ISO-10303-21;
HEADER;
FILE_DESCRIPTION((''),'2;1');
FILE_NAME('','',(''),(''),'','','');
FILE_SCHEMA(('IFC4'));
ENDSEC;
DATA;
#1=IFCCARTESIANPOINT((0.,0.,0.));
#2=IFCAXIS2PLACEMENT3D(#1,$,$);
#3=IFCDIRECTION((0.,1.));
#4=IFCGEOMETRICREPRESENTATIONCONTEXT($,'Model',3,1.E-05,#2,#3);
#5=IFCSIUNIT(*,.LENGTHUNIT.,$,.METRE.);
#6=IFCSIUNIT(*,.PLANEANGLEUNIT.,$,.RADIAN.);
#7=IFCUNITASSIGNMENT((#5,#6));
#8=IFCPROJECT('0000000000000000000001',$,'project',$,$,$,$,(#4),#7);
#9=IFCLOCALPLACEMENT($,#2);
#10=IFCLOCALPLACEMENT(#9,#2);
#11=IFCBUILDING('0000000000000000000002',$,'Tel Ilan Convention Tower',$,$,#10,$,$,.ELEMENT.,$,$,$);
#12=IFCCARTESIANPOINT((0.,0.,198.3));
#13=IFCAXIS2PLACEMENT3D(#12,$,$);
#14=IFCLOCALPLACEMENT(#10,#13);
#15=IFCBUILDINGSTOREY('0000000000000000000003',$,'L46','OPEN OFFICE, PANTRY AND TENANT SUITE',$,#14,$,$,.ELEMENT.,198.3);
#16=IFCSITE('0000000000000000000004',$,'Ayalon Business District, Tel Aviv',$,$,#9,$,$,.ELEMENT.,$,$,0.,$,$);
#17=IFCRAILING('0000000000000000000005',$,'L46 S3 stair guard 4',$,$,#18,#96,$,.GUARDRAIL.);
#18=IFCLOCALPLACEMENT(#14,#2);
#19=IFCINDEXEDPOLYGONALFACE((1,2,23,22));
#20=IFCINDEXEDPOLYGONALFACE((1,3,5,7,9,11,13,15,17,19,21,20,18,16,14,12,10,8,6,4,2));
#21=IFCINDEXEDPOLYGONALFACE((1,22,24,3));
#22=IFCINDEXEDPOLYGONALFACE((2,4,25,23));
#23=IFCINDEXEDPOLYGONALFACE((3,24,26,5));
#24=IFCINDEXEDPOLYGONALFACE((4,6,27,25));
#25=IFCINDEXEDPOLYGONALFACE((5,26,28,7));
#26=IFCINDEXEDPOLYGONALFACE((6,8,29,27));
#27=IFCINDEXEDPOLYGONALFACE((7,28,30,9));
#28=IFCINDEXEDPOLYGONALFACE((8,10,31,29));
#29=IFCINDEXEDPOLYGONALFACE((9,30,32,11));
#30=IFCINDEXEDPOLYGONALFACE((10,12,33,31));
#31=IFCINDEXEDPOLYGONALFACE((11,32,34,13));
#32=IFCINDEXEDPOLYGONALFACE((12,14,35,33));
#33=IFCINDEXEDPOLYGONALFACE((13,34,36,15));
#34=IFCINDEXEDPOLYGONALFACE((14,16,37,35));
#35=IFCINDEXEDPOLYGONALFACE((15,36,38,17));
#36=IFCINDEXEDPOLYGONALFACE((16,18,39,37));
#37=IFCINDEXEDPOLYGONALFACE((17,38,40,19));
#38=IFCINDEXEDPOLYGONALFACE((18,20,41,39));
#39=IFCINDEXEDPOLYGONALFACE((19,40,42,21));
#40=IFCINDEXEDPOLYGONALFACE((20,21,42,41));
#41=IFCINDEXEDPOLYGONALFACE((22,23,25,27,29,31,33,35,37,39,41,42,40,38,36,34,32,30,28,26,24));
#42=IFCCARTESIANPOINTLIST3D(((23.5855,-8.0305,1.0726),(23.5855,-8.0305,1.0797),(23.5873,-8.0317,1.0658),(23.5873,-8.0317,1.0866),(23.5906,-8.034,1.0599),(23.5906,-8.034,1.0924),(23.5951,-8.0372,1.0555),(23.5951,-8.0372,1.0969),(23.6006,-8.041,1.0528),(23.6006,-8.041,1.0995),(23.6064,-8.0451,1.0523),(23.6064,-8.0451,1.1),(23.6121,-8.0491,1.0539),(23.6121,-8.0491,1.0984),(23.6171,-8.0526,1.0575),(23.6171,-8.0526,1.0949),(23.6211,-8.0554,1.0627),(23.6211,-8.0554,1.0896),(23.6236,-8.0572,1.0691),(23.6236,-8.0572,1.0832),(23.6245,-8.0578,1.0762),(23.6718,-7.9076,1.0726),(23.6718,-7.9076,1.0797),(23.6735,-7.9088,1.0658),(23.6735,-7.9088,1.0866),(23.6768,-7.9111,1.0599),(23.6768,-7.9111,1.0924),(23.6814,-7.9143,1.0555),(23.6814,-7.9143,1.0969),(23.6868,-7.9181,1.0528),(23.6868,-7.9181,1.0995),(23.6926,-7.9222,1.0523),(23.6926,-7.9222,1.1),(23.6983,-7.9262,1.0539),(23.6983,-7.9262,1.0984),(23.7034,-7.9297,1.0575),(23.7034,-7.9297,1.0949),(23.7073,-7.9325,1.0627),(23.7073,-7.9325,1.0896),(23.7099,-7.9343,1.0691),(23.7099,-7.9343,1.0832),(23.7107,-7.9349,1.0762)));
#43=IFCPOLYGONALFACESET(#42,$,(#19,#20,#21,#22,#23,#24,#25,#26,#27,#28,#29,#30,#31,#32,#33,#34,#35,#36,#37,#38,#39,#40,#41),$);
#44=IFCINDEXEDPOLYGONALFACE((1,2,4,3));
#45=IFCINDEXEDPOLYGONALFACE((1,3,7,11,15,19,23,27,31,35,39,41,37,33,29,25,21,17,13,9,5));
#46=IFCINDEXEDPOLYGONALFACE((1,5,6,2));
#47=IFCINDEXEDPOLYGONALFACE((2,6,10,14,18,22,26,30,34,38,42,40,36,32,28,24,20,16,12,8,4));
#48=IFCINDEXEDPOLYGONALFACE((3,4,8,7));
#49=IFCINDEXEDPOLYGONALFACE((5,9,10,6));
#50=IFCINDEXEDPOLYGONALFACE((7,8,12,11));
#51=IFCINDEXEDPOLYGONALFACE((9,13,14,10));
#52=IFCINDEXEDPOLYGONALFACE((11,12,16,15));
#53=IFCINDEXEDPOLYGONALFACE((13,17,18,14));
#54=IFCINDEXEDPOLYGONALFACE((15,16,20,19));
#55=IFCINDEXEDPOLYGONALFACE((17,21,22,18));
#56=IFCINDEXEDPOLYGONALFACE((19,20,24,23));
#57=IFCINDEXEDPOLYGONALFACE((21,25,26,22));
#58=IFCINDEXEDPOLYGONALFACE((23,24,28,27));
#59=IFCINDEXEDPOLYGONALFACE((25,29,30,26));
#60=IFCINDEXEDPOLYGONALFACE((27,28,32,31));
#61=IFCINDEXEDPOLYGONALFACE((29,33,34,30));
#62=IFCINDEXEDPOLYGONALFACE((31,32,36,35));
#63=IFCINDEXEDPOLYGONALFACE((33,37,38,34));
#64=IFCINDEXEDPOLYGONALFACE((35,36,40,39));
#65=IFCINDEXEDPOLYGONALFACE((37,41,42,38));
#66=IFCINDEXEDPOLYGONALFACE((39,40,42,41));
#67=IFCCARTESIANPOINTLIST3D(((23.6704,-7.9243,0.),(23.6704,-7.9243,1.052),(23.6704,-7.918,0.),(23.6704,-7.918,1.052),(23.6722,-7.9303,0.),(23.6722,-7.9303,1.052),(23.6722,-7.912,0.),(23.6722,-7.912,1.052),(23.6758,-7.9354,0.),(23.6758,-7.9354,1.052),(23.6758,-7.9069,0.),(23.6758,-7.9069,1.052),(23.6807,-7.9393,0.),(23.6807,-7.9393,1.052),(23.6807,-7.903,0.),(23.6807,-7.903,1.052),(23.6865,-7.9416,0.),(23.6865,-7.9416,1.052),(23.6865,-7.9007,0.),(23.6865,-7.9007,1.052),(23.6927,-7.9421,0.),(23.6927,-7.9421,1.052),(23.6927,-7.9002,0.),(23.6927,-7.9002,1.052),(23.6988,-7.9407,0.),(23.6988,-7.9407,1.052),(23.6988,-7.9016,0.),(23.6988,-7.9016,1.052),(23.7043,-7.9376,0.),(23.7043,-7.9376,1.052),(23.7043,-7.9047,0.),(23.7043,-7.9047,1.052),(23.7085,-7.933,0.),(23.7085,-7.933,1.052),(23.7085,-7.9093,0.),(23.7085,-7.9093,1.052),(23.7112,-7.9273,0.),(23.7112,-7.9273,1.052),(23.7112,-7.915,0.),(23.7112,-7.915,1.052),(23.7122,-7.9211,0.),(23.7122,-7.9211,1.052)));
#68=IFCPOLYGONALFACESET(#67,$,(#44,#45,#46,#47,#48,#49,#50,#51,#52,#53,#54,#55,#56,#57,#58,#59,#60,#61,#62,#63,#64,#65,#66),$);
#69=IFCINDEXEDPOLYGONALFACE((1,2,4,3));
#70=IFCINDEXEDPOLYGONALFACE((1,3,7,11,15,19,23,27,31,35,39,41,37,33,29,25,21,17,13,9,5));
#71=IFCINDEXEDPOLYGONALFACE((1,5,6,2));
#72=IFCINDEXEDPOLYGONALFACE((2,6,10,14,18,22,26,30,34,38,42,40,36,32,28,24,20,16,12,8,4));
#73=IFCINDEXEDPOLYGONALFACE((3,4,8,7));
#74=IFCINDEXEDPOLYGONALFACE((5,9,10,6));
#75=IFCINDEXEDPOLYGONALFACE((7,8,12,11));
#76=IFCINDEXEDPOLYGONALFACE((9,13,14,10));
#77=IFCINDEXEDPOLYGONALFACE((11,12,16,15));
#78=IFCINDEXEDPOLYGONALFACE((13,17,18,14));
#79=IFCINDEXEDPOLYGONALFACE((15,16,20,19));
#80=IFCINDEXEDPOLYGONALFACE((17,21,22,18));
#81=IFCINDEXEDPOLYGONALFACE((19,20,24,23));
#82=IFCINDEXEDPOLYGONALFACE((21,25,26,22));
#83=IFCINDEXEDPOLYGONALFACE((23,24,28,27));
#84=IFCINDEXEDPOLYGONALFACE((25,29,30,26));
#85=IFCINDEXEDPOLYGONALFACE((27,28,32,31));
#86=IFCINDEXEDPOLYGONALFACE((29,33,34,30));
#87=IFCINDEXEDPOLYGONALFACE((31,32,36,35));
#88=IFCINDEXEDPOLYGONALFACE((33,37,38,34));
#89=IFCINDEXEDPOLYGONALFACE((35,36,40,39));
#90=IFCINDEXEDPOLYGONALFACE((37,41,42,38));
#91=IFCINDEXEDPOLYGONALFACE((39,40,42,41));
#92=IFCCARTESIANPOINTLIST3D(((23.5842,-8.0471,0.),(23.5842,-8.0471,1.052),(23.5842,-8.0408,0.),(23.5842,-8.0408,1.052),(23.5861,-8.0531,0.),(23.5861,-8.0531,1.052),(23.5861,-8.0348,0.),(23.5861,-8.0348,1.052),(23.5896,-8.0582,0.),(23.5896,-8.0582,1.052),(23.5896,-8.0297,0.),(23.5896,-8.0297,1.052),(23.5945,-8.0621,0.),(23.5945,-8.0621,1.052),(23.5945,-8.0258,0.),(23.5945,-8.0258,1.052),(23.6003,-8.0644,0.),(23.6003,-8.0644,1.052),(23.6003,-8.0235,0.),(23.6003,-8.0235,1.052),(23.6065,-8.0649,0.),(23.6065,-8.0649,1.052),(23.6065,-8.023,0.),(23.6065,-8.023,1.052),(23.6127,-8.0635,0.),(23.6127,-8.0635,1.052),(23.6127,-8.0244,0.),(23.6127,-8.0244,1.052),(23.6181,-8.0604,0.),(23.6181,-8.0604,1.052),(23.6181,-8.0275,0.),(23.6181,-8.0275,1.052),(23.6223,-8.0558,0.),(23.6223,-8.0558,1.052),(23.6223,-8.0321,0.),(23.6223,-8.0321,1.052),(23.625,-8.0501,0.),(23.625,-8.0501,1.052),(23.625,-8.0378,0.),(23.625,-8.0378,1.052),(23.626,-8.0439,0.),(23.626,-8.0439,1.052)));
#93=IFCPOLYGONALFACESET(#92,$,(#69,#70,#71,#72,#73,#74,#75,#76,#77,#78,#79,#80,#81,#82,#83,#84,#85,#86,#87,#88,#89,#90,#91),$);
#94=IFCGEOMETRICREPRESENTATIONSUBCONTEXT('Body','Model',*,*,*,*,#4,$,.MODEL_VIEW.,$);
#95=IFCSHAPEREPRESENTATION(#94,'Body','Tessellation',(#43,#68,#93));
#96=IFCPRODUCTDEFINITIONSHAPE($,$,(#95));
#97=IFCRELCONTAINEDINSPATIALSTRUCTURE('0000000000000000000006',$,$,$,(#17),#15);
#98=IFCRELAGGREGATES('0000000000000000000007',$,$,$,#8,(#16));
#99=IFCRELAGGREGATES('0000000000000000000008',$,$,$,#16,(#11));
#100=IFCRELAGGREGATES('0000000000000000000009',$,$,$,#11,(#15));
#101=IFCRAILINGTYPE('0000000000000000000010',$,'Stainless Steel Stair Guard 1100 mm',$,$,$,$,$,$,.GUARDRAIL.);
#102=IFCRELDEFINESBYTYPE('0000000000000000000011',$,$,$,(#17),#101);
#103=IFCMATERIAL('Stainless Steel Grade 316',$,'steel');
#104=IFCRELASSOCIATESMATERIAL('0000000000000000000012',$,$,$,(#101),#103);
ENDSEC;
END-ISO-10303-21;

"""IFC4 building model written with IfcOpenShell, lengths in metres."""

from ifc_helpers import new_model, si_unit, direction, frame, origin, origin_2d, place, context, subcontext, project, spatial, circle, extrude, material, type_object, element, save


model = new_model("IFC4")

# Units and contexts
model_context = context("Model", 3, precision=1e-05, world=origin(), true_north=direction((0.0, 1.0)))
body_context = subcontext(model_context, "Body", "Model", "MODEL_VIEW")
ifc_project = project(units=[si_unit("LENGTHUNIT", "METRE"), si_unit("PLANEANGLEUNIT", "RADIAN")], contexts=[model_context])

# Site, building, storey
site_placement = place(None, origin())
site = spatial("IfcSite", under=ifc_project, at=site_placement, Name="Ayalon Business District, Tel Aviv", CompositionType="ELEMENT", RefElevation=0.0)
building_placement = place(site_placement, origin())
building = spatial("IfcBuilding", under=site, at=building_placement, Name="Tel Ilan Convention Tower", CompositionType="ELEMENT")
storey_placement = place(building_placement, frame((0.0, 0.0, 198.3)))
storey = spatial("IfcBuildingStorey", under=building, at=storey_placement, Name="L46", Description="OPEN OFFICE, PANTRY AND TENANT SUITE", CompositionType="ELEMENT", Elevation=198.3)

# Railing
ifc_material_1 = material(Name="Stainless Steel Grade 316", Category="steel")
railing_type_1 = type_object("IfcRailingType", Name="Stainless Steel Stair Guard 1100 mm", PredefinedType="GUARDRAIL", material=ifc_material_1)
railing_1_placement = place(storey_placement, frame((23.6912, -7.9211, 0.0)))
element("IfcRailing", 1, at=railing_1_placement, inside=storey, type_object=railing_type_1, Name="L46 S3 stair guard 4", PredefinedType="GUARDRAIL", context=body_context, shape_type="SweptSolid", body=[
    extrude(circle(Radius=0.0239, at=origin_2d()), frame((0.0, 0.0, 1.0762), z_axis=(-0.574445, -0.818543, 0.0), x_axis=(0.818543, -0.574445, 0.0)), (0.0, 0.0, 1.0), 0.1501),
    extrude(circle(Radius=0.021, at=origin_2d()), origin(), (0.0, 0.0, 1.0), 1.052),
    extrude(circle(Radius=0.021, at=origin_2d()), frame((-0.0862, -0.1228, 0.0)), (0.0, 0.0, 1.0), 1.052),
])

save(model, "model.ifc")
